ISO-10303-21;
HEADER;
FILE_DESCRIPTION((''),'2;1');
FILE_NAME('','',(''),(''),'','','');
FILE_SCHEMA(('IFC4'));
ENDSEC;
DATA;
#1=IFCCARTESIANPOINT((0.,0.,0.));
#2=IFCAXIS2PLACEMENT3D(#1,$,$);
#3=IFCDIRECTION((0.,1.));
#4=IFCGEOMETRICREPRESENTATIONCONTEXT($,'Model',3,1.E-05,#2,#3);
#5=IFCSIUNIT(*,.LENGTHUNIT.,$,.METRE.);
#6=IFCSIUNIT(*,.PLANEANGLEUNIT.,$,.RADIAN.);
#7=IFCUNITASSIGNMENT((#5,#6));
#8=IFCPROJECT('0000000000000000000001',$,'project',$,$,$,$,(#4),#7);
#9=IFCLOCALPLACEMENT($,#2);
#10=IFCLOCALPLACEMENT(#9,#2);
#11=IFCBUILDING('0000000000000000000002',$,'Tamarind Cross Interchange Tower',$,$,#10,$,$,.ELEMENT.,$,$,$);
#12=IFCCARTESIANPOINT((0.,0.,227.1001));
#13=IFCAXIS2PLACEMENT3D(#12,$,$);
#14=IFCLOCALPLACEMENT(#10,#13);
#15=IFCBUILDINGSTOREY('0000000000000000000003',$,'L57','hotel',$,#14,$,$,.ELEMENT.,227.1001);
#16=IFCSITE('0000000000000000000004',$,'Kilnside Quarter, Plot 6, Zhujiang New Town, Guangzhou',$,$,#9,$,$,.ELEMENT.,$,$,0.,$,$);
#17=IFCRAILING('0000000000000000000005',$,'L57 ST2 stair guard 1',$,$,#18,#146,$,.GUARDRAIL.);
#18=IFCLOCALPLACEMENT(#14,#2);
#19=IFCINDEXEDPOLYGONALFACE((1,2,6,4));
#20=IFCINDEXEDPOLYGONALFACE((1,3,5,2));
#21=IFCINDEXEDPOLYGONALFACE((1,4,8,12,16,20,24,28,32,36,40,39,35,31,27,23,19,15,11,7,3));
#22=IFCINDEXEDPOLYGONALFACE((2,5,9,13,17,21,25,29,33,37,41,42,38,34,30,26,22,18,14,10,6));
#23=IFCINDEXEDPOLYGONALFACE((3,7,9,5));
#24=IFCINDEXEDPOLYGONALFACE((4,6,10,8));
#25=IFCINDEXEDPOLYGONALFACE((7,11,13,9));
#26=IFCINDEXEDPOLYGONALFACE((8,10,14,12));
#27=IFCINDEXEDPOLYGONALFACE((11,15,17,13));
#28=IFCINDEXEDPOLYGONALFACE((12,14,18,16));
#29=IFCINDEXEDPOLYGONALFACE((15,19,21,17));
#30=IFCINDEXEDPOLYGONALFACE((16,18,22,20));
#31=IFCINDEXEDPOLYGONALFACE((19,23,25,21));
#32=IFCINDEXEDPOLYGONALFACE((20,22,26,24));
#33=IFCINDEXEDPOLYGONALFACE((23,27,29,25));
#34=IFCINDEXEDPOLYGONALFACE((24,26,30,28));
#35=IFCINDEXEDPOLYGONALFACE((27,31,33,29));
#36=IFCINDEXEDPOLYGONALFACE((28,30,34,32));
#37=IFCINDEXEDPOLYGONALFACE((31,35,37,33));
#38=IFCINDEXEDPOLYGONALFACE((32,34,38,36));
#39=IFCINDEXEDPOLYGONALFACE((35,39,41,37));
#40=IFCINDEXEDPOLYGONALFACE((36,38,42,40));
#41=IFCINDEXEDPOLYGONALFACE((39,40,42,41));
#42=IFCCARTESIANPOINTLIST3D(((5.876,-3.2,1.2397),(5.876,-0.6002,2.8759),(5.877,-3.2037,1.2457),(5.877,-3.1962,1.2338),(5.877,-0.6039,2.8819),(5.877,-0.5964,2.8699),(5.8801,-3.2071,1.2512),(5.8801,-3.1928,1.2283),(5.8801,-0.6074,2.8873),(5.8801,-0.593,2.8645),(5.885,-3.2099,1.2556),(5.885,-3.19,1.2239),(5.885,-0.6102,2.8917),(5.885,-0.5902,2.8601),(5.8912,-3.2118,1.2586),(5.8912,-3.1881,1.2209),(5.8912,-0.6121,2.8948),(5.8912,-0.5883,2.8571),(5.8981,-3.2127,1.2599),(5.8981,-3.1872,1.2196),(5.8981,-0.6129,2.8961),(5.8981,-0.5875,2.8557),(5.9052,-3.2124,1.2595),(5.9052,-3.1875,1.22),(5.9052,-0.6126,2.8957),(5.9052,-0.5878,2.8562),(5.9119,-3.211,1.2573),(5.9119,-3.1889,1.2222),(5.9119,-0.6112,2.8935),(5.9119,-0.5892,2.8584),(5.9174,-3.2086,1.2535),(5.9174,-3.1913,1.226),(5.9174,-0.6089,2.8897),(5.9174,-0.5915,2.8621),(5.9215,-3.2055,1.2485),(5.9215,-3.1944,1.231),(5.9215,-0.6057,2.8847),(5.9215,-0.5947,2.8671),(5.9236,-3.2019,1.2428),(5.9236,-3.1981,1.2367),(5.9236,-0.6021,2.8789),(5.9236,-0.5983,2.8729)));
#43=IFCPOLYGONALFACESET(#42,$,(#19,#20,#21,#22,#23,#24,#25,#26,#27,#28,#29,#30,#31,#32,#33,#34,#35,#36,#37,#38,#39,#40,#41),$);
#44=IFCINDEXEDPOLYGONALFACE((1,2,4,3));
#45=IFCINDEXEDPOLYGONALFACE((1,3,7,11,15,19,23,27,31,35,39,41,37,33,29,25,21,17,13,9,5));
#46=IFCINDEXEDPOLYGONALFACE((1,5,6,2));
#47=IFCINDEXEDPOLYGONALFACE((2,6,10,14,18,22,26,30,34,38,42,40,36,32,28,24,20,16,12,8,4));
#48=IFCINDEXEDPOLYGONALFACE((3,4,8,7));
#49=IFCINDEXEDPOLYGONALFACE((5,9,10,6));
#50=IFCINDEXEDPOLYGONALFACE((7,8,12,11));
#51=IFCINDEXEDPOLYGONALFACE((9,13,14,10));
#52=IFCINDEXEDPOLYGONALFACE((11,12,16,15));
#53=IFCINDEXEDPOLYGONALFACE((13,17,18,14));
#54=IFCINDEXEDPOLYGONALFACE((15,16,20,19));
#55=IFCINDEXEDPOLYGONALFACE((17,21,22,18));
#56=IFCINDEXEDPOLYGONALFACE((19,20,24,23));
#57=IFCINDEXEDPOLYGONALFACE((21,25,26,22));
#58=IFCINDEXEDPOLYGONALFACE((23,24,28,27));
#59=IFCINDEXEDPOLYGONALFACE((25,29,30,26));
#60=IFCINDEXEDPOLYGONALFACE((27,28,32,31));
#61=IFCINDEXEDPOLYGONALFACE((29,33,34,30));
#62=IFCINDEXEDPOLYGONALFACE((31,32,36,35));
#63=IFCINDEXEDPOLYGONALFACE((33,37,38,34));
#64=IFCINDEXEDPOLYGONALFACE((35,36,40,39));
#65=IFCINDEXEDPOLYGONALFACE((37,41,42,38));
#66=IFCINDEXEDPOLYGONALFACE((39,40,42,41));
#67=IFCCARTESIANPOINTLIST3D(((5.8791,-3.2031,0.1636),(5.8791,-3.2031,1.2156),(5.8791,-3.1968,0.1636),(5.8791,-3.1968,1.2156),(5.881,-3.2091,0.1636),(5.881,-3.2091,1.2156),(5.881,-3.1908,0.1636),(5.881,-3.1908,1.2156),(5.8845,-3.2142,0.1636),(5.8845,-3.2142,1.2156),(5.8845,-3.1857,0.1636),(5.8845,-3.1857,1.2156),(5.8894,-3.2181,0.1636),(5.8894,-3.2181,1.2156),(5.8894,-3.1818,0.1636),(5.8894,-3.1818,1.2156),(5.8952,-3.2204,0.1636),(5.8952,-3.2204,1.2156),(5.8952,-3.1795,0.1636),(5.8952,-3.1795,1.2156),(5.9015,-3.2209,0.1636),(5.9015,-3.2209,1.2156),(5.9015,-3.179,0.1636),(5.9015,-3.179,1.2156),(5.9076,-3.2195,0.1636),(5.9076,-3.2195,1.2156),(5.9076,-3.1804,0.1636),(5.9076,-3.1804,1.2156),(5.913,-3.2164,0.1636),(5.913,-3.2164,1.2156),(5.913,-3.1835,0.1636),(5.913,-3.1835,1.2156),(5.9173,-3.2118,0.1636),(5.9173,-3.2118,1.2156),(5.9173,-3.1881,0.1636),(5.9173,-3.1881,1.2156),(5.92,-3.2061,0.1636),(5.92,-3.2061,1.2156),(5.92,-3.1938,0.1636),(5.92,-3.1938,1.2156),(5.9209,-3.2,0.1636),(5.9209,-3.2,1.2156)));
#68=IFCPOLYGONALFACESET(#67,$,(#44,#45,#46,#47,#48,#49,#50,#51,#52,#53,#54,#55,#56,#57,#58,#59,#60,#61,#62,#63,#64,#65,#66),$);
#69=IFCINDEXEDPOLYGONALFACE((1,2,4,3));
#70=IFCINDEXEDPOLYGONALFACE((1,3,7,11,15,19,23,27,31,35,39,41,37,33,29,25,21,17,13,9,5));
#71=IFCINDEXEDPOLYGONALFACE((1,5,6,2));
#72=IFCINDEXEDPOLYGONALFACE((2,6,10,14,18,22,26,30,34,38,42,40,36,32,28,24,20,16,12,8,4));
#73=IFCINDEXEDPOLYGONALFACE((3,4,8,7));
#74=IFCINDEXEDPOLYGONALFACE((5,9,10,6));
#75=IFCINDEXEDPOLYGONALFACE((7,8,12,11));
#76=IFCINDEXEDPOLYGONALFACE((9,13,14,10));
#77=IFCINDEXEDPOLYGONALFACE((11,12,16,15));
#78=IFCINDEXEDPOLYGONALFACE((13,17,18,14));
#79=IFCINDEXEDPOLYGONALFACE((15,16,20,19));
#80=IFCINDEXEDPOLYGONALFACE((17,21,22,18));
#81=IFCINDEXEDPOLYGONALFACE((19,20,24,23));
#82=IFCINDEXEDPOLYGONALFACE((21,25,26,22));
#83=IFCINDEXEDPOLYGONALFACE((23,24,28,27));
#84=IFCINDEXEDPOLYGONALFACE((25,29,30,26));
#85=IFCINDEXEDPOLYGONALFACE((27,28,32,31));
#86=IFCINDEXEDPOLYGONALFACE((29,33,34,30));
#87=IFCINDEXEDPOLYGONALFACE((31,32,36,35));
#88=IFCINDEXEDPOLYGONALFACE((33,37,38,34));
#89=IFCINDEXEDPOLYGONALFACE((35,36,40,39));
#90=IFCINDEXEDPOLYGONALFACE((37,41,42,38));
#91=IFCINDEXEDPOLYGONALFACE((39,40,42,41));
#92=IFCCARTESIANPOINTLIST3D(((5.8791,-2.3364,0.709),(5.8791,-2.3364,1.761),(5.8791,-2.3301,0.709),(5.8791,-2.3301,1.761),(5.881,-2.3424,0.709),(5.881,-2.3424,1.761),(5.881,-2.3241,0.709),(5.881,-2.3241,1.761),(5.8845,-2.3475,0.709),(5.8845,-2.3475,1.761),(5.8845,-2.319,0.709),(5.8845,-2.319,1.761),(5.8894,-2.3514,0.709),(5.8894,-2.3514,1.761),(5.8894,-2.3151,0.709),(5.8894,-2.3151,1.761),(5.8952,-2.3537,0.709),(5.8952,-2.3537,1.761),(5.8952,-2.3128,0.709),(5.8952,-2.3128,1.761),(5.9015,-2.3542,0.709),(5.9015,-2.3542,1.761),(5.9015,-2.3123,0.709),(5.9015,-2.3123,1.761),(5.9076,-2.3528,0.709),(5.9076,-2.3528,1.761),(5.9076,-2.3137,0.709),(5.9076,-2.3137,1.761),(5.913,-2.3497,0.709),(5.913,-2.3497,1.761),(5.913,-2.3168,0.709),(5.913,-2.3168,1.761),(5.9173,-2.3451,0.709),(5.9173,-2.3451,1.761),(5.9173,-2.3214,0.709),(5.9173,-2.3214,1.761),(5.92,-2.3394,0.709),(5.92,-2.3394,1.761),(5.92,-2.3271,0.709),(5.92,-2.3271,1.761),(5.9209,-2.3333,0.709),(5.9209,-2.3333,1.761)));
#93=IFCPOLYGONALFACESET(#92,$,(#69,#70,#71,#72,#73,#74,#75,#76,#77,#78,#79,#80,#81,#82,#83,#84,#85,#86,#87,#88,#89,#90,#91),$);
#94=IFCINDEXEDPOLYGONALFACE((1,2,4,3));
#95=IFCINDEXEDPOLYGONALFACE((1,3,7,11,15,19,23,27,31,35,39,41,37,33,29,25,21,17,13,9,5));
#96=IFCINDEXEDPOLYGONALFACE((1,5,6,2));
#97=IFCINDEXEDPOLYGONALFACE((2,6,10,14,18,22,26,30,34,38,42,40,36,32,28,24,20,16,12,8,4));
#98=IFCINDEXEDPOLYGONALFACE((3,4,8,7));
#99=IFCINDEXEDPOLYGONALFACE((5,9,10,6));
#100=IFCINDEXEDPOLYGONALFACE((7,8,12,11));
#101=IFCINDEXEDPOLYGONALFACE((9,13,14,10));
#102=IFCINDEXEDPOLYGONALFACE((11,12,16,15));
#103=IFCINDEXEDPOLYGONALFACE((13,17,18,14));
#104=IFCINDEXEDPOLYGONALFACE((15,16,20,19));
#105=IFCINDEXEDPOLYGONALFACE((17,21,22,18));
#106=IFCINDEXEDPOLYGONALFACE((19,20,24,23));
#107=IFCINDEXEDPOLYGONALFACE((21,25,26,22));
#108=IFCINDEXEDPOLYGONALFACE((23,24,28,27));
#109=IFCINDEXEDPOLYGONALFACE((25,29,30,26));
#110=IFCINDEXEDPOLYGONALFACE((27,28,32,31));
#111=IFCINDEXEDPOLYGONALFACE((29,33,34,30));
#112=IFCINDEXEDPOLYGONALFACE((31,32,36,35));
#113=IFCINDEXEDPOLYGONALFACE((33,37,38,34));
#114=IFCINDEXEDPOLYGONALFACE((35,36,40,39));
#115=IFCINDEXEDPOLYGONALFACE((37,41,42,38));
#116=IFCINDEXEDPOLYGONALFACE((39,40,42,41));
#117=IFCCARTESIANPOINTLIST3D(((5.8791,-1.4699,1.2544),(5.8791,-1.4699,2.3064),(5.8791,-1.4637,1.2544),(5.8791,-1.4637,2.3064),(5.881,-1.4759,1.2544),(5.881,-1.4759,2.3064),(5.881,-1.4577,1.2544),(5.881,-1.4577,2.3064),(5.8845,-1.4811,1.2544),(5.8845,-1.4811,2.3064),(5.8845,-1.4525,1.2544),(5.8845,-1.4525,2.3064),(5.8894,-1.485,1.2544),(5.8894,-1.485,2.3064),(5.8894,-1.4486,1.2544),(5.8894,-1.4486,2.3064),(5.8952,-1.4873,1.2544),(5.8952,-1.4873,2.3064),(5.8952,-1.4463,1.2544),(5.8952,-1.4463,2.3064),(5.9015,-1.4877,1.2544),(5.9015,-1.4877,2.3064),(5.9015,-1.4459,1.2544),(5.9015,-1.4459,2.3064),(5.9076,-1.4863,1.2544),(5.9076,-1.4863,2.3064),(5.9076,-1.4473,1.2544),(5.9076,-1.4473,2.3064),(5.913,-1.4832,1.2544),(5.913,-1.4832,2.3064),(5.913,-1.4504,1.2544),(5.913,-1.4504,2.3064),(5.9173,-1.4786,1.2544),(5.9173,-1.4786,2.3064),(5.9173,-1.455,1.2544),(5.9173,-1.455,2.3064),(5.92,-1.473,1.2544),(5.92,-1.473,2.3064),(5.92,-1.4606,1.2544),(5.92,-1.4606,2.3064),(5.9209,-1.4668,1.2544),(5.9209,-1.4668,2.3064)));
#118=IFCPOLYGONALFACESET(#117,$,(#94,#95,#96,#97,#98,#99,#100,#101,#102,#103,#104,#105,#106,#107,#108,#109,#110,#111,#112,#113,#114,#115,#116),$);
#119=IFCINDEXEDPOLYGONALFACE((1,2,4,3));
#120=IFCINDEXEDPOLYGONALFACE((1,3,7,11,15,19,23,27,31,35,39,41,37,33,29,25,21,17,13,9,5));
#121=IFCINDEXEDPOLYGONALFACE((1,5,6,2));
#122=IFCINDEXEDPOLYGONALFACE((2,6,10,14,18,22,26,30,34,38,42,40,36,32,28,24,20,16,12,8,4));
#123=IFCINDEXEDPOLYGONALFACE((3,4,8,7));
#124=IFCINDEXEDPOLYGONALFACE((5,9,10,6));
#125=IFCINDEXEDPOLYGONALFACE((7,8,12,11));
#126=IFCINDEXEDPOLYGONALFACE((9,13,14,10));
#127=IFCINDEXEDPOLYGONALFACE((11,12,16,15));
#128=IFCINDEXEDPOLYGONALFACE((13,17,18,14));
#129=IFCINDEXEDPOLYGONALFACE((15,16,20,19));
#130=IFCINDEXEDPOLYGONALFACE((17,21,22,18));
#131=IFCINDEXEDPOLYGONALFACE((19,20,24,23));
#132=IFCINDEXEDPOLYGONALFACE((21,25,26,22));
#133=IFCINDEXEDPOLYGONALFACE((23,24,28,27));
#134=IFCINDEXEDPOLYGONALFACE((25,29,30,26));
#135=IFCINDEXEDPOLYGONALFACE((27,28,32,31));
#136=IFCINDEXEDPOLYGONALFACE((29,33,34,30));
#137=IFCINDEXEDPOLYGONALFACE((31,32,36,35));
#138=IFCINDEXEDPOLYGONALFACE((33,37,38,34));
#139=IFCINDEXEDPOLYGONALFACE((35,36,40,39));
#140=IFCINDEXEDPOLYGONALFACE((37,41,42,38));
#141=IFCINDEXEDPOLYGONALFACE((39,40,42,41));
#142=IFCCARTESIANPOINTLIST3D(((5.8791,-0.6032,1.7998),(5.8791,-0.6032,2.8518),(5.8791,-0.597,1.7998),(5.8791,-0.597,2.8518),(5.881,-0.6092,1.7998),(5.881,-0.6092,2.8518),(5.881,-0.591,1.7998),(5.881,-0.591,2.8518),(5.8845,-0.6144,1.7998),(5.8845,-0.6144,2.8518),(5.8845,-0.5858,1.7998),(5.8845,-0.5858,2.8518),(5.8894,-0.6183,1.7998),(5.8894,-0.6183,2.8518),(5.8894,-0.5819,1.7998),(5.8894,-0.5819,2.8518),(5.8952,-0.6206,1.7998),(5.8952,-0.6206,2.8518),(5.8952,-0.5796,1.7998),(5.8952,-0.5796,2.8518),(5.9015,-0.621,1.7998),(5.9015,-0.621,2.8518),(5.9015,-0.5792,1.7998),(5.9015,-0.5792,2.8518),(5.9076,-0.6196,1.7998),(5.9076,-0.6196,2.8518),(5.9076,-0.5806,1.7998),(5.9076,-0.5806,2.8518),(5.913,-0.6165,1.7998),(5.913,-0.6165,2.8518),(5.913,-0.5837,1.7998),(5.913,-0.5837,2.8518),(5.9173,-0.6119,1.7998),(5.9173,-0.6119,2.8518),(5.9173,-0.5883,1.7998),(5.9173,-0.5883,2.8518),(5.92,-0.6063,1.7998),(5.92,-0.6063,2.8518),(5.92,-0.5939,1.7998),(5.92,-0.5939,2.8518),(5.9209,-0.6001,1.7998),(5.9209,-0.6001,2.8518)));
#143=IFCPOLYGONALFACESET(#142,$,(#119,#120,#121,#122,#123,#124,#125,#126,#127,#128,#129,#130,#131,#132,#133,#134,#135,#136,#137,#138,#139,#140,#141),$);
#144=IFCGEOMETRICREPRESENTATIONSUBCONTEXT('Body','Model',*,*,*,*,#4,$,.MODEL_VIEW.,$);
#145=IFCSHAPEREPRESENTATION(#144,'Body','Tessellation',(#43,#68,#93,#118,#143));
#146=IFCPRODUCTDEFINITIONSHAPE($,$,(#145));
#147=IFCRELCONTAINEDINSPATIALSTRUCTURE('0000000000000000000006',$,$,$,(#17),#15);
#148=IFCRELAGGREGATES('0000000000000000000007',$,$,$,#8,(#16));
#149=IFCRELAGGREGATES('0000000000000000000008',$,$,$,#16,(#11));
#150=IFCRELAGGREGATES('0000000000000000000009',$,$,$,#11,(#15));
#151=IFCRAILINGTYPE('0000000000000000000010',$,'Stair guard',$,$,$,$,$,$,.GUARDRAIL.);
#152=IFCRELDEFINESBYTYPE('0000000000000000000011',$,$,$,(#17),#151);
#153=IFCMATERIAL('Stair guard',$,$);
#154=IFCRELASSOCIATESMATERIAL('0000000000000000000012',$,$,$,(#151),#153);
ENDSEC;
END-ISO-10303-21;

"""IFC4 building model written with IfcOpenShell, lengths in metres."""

from ifc_helpers import new_model, si_unit, direction, frame, origin, origin_2d, place, context, subcontext, project, spatial, circle, extrude, material, type_object, element, save


model = new_model("IFC4")

# Units and contexts
model_context = context("Model", 3, precision=1e-05, world=origin(), true_north=direction((0.0, 1.0)))
body_context = subcontext(model_context, "Body", "Model", "MODEL_VIEW")
ifc_project = project(units=[si_unit("LENGTHUNIT", "METRE"), si_unit("PLANEANGLEUNIT", "RADIAN")], contexts=[model_context])

# Site, building, storey
site_placement = place(None, origin())
site = spatial("IfcSite", under=ifc_project, at=site_placement, Name="Kilnside Quarter, Plot 6, Zhujiang New Town, Guangzhou", CompositionType="ELEMENT", RefElevation=0.0)
building_placement = place(site_placement, origin())
building = spatial("IfcBuilding", under=site, at=building_placement, Name="Tamarind Cross Interchange Tower", CompositionType="ELEMENT")
storey_placement = place(building_placement, frame((0.0, 0.0, 227.1001)))
storey = spatial("IfcBuildingStorey", under=building, at=storey_placement, Name="L57", Description="hotel", CompositionType="ELEMENT", Elevation=227.1001)

# Railing
ifc_material_1 = material(Name="Stair guard")
railing_type_1 = type_object("IfcRailingType", Name="Stair guard", PredefinedType="GUARDRAIL", material=ifc_material_1)
railing_1_placement = place(storey_placement, frame((5.8999, -3.2, 0.1636)))
element("IfcRailing", 1, at=railing_1_placement, inside=storey, type_object=railing_type_1, Name="L57 ST2 stair guard 1", PredefinedType="GUARDRAIL", context=body_context, shape_type="SweptSolid", body=[
    extrude(circle(Radius=0.0239, at=origin_2d()), frame((0.0, 0.0, 1.0762), z_axis=(0.0, 0.846338, 0.532647), x_axis=(-1.0, 0.0, 0.0)), (0.0, 0.0, 1.0), 3.0718),
    extrude(circle(Radius=0.021, at=origin_2d()), origin(), (0.0, 0.0, 1.0), 1.052),
    extrude(circle(Radius=0.021, at=origin_2d()), frame((0.0, 0.8667, 0.5454)), (0.0, 0.0, 1.0), 1.052),
    extrude(circle(Radius=0.021, at=origin_2d()), frame((0.0, 1.7332, 1.0908)), (0.0, 0.0, 1.0), 1.052),
    extrude(circle(Radius=0.021, at=origin_2d()), frame((0.0, 2.5999, 1.6362)), (0.0, 0.0, 1.0), 1.052),
])

save(model, "model.ifc")
